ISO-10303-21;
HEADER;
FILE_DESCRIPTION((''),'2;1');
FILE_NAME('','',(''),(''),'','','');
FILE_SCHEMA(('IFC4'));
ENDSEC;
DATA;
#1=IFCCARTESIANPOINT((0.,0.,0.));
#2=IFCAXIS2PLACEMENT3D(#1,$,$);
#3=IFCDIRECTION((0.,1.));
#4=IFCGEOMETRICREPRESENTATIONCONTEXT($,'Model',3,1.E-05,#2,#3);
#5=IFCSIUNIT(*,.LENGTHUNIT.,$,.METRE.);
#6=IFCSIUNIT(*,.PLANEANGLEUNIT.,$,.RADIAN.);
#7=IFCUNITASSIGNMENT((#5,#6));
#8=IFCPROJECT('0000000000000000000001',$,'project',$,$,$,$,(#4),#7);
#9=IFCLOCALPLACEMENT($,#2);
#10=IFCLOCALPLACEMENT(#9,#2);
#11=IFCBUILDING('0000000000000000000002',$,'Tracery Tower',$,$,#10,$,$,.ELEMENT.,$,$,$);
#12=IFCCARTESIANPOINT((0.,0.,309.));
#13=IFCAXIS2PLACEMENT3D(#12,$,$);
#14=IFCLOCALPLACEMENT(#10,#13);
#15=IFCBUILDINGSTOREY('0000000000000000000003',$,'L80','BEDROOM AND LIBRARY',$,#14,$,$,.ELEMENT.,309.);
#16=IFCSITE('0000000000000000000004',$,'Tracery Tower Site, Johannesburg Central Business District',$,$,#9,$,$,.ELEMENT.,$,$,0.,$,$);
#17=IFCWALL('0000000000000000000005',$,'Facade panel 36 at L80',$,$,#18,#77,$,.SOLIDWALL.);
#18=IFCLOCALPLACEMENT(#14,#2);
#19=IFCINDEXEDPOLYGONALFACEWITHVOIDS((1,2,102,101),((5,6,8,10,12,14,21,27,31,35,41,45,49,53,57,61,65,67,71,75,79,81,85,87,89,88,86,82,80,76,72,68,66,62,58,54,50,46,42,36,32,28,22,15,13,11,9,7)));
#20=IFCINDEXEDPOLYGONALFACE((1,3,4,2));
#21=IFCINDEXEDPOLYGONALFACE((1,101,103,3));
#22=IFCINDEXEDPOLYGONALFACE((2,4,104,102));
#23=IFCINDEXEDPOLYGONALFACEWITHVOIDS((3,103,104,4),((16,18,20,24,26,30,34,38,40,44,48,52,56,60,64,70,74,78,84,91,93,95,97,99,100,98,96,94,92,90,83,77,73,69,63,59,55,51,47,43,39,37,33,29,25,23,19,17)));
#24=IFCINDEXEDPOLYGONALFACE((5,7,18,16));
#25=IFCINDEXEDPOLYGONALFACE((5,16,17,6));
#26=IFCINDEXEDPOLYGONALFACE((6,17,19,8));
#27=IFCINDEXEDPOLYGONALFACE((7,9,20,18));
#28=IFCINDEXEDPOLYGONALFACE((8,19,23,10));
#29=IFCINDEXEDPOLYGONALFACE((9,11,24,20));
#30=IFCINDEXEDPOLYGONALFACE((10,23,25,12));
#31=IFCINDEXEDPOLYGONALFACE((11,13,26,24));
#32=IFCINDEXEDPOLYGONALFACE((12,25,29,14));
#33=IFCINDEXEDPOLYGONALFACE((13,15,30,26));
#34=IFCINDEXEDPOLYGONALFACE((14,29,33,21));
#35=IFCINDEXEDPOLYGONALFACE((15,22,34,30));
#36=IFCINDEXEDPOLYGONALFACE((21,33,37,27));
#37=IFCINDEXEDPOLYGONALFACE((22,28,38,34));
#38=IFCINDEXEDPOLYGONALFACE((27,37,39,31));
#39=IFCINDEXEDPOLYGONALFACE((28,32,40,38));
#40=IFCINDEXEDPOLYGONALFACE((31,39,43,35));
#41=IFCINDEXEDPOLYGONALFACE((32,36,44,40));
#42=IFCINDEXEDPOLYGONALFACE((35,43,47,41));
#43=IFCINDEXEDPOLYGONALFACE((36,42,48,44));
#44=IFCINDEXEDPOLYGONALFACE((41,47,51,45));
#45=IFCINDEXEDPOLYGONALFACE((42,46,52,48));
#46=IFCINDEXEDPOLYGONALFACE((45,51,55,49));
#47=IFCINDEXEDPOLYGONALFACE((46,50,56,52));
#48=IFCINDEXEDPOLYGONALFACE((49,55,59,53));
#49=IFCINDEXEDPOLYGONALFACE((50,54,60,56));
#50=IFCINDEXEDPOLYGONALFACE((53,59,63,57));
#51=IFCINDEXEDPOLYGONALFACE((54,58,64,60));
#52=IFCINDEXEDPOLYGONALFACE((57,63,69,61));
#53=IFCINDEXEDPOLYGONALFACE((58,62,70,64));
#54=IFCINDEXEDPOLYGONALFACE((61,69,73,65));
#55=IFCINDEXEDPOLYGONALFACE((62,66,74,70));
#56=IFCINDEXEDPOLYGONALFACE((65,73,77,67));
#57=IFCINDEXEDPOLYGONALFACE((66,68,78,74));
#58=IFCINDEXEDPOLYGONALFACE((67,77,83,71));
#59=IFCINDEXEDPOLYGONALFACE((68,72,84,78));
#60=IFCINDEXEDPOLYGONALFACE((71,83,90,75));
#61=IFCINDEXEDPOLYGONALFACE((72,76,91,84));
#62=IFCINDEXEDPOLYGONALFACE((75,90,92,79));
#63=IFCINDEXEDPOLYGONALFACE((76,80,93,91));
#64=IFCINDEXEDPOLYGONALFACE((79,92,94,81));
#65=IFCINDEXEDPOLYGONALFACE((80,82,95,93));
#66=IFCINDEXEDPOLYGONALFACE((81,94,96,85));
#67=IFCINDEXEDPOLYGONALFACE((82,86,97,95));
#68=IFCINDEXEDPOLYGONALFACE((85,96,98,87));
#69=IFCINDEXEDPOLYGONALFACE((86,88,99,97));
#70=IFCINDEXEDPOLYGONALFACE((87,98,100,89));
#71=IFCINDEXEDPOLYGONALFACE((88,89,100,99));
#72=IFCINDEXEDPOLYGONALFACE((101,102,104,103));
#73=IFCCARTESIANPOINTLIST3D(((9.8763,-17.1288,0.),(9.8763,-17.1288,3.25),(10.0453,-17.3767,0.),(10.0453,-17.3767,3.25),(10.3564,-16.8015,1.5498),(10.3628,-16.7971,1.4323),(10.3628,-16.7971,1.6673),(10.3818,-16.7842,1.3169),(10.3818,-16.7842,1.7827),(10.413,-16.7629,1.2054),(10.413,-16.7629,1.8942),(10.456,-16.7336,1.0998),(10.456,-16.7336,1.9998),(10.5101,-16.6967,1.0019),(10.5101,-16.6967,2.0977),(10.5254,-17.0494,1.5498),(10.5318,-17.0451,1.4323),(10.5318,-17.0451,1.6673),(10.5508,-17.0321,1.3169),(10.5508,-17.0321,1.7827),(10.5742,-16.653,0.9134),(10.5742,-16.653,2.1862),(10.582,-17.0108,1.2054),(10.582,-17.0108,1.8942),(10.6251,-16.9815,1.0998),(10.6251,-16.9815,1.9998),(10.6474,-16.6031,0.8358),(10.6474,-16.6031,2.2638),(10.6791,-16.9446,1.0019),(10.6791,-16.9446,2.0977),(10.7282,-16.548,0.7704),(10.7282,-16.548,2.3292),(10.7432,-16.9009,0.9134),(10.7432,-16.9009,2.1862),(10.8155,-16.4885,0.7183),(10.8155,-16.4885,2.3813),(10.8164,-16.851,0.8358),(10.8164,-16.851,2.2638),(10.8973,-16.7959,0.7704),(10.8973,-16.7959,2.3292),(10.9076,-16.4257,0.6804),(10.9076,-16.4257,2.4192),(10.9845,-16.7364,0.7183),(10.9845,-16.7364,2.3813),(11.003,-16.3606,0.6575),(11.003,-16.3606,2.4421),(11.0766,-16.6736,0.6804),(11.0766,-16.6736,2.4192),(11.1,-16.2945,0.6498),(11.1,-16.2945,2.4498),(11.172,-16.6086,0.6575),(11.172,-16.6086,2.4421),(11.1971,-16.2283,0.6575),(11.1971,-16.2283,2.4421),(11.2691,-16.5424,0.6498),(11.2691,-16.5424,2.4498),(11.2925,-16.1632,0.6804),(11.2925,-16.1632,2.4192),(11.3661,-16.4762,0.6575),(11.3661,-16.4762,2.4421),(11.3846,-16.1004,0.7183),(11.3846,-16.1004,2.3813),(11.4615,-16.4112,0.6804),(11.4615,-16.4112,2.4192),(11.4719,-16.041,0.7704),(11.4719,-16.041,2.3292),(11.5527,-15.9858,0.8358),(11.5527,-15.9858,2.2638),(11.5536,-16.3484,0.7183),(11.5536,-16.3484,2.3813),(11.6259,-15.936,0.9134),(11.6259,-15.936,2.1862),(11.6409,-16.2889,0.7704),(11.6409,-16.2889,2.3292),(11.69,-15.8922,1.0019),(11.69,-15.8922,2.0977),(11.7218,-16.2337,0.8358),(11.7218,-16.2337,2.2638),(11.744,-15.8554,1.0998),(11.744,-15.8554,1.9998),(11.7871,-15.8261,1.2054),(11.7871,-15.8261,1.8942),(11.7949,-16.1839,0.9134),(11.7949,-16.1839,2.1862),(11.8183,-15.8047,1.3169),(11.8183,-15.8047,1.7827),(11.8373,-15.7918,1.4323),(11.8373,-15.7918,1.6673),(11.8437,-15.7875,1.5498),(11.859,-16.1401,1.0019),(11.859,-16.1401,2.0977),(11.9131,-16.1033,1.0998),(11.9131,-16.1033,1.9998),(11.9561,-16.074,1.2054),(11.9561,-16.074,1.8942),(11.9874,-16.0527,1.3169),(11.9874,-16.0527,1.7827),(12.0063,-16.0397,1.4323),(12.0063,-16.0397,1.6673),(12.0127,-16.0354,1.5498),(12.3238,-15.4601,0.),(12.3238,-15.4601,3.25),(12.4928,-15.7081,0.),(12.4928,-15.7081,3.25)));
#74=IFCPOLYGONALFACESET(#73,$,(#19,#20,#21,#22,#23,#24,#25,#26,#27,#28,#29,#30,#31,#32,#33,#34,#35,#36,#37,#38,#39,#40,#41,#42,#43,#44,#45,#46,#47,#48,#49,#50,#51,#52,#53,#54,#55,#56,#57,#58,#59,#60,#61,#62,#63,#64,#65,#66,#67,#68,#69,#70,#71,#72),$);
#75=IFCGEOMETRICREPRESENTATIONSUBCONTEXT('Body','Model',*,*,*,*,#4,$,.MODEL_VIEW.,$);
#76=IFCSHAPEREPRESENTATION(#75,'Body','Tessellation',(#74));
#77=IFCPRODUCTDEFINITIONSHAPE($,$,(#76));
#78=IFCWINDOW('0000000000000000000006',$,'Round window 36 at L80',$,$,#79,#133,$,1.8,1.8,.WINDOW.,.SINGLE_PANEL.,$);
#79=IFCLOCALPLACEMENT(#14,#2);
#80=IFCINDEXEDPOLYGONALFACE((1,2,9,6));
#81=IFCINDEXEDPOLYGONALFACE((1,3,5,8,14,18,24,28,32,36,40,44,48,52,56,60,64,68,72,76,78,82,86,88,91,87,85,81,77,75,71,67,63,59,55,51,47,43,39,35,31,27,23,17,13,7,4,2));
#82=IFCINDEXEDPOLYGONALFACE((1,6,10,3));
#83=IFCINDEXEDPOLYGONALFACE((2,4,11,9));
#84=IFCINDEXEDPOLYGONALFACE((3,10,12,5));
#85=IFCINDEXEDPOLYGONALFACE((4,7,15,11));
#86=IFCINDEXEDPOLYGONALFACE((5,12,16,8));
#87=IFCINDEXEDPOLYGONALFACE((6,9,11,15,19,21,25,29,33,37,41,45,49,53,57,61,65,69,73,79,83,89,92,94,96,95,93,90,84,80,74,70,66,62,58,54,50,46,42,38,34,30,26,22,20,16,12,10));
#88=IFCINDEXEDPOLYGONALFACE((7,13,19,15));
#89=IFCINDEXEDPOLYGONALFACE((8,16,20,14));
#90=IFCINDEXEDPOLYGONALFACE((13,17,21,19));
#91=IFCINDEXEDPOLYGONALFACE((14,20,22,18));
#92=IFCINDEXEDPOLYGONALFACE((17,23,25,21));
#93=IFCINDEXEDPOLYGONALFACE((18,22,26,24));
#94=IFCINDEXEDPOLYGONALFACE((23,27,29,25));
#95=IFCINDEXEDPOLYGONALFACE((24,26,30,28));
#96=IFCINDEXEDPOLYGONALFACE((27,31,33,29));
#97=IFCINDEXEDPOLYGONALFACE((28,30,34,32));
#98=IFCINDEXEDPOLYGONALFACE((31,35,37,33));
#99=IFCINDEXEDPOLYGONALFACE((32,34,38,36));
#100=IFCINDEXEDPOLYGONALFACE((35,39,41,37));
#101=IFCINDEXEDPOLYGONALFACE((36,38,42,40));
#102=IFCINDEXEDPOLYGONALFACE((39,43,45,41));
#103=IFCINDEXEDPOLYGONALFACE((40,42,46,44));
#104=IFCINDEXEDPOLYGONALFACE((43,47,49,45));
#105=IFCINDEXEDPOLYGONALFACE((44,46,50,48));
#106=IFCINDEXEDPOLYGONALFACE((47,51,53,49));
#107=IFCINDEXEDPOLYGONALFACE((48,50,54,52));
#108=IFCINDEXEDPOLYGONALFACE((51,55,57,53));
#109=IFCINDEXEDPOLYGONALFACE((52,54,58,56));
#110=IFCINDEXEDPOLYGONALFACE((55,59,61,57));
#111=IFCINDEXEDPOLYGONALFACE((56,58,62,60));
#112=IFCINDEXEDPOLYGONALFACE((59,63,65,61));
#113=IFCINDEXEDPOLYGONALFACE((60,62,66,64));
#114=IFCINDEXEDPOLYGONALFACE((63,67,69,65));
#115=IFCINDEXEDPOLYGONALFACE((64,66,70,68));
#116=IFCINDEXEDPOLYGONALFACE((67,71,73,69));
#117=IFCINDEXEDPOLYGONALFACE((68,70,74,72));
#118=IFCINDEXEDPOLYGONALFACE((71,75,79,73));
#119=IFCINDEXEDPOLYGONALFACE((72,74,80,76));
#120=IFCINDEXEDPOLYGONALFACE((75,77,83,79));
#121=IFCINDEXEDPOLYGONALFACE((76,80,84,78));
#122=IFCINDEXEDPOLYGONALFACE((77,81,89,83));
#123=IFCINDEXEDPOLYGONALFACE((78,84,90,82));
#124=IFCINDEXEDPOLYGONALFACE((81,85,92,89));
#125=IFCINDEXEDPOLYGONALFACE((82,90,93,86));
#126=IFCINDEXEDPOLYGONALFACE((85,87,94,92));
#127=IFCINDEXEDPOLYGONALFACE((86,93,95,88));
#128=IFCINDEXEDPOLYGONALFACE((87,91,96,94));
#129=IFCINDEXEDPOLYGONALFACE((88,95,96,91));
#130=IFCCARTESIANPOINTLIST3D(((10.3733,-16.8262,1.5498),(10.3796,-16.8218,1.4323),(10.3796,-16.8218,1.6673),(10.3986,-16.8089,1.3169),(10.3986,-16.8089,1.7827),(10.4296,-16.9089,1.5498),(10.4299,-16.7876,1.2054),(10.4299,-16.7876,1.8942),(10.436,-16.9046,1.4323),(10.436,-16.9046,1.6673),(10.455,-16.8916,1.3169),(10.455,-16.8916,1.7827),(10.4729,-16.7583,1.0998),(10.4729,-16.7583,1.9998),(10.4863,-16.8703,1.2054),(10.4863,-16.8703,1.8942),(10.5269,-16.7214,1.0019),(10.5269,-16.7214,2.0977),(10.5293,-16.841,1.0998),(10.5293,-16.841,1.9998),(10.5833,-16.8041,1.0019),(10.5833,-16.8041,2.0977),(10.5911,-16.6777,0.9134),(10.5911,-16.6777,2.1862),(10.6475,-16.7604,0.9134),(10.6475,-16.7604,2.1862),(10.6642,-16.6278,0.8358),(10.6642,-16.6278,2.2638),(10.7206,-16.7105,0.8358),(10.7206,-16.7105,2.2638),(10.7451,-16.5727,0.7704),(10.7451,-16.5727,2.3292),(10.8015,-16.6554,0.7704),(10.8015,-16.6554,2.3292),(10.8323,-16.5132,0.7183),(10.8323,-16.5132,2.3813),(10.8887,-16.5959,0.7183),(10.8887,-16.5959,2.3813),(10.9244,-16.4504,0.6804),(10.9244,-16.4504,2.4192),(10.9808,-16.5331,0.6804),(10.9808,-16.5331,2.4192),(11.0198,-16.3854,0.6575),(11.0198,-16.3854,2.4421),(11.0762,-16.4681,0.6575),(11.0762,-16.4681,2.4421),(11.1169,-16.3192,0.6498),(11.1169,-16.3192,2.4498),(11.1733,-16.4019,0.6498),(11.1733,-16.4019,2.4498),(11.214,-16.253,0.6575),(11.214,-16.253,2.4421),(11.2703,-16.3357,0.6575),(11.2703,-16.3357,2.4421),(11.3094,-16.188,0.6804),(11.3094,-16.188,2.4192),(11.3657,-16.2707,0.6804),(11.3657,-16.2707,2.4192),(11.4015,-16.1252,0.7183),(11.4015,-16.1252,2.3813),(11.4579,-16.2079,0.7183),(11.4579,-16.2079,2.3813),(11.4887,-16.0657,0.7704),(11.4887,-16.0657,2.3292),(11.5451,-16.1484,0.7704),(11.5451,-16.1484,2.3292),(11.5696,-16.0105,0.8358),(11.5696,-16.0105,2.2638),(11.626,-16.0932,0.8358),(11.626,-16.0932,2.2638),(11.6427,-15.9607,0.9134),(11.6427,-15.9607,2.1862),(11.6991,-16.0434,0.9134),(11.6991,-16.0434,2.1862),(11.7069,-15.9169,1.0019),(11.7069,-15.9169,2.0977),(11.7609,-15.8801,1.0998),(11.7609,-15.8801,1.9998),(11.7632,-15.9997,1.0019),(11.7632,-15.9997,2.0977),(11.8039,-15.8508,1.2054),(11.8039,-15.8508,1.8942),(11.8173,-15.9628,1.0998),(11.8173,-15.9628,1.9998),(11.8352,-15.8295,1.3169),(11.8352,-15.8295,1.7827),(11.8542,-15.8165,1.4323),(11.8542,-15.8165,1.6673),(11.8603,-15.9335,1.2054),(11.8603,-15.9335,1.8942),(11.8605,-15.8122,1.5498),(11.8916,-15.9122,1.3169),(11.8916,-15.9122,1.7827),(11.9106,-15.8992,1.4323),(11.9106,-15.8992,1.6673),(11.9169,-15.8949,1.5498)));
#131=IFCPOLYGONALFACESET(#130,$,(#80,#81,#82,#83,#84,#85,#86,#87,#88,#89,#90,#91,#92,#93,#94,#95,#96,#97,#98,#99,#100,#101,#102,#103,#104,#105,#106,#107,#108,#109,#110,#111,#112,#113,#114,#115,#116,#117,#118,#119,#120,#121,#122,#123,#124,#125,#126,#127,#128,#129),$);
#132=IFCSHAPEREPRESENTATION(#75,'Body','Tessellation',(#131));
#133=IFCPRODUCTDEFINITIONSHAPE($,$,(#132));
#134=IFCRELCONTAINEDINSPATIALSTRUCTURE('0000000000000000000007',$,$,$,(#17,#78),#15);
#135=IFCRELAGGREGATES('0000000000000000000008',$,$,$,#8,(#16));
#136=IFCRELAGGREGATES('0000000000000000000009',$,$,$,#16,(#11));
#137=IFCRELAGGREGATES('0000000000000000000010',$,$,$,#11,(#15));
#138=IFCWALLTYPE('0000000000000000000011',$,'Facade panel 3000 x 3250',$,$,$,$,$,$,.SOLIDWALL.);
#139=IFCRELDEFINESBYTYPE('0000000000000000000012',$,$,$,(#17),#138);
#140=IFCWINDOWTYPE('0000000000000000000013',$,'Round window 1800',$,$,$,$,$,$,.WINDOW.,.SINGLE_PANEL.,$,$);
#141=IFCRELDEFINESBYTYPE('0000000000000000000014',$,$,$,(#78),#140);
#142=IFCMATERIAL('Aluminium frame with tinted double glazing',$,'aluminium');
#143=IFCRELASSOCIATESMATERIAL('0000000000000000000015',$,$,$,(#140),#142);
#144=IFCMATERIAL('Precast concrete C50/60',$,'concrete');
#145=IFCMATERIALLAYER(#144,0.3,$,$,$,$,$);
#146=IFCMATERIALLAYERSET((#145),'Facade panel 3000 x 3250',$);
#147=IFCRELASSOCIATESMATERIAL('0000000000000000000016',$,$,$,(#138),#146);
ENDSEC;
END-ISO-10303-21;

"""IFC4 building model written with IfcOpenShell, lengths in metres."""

from ifc_helpers import new_model, si_unit, direction, frame, frame_2d, origin, origin_2d, place, context, subcontext, project, spatial, rectangle, circle, extrude, material, layer, layer_set, type_object, element, fill, save


model = new_model("IFC4")

# Units and contexts
model_context = context("Model", 3, precision=1e-05, world=origin(), true_north=direction((0.0, 1.0)))
body_context = subcontext(model_context, "Body", "Model", "MODEL_VIEW")
ifc_project = project(units=[si_unit("LENGTHUNIT", "METRE"), si_unit("PLANEANGLEUNIT", "RADIAN")], contexts=[model_context])

# Site, building, storey
site_placement = place(None, origin())
site = spatial("IfcSite", under=ifc_project, at=site_placement, Name="Tracery Tower Site, Johannesburg Central Business District", CompositionType="ELEMENT", RefElevation=0.0)
building_placement = place(site_placement, origin())
building = spatial("IfcBuilding", under=site, at=building_placement, Name="Tracery Tower", CompositionType="ELEMENT")
storey_placement = place(building_placement, frame((0.0, 0.0, 309.0)))
storey = spatial("IfcBuildingStorey", under=building, at=storey_placement, Name="L80", Description="BEDROOM AND LIBRARY", CompositionType="ELEMENT", Elevation=309.0)

# Wall, opening, window
ifc_material_1 = material(Name="Aluminium frame with tinted double glazing", Category="aluminium")
window_type = type_object("IfcWindowType", Name="Round window 1800", PartitioningType="SINGLE_PANEL", PredefinedType="WINDOW", material=ifc_material_1)
ifc_material_2 = material(Name="Precast concrete C50/60", Category="concrete")
ifc_layer_1 = layer(ifc_material_2, 0.3)
ifc_layer_set_1 = layer_set([ifc_layer_1], Name="Facade panel 3000 x 3250")
wall_type_1 = type_object("IfcWallType", Name="Facade panel 3000 x 3250", PredefinedType="SOLIDWALL", material=ifc_layer_set_1)
wall_1_placement = place(storey_placement, frame((9.9609, -17.2527, 0.0), z_axis=(0.0, 0.0, 1.0), x_axis=(0.826236, 0.563324, 0.0)))
wall_1 = element("IfcWall", 1, at=wall_1_placement, inside=storey, type_object=wall_type_1, Name="Facade panel 36 at L80", PredefinedType="SOLIDWALL", context=body_context, shape_type="SweptSolid", body=[
    extrude(rectangle(XDim=2.9622, YDim=0.3, at=frame_2d((1.481, 0.0))), origin(), (0.0, 0.0, 1.0), 3.25),
])
opening_1_placement = place(wall_1_placement, frame((1.481, 0.0, 1.5498)))
opening_1 = element("IfcOpeningElement", 2, at=opening_1_placement, cuts=wall_1, PredefinedType="OPENING", context=body_context, shape_type="SweptSolid", body=[
    extrude(circle(Radius=0.9, at=origin_2d()), frame((0.0, 0.1599, 0.0), z_axis=(0.0, -1.0, 0.0), x_axis=(1.0, 0.0, 0.0)), (0.0, 0.0, 1.0), 0.3201),
])
window_1_placement = place(opening_1_placement, origin())
window_1 = element("IfcWindow", 3, at=window_1_placement, inside=storey, type_object=window_type, Name="Round window 36 at L80", OverallHeight=1.8, OverallWidth=1.8, PartitioningType="SINGLE_PANEL", PredefinedType="WINDOW", context=body_context, shape_type="SweptSolid", body=[
    extrude(circle(Radius=0.9, at=origin_2d()), frame((0.0, 0.1201, 0.0), z_axis=(0.0, -1.0, 0.0), x_axis=(1.0, 0.0, 0.0)), (0.0, 0.0, 1.0), 0.1001),
])
fill(opening_1, window_1)

save(model, "model.ifc")
